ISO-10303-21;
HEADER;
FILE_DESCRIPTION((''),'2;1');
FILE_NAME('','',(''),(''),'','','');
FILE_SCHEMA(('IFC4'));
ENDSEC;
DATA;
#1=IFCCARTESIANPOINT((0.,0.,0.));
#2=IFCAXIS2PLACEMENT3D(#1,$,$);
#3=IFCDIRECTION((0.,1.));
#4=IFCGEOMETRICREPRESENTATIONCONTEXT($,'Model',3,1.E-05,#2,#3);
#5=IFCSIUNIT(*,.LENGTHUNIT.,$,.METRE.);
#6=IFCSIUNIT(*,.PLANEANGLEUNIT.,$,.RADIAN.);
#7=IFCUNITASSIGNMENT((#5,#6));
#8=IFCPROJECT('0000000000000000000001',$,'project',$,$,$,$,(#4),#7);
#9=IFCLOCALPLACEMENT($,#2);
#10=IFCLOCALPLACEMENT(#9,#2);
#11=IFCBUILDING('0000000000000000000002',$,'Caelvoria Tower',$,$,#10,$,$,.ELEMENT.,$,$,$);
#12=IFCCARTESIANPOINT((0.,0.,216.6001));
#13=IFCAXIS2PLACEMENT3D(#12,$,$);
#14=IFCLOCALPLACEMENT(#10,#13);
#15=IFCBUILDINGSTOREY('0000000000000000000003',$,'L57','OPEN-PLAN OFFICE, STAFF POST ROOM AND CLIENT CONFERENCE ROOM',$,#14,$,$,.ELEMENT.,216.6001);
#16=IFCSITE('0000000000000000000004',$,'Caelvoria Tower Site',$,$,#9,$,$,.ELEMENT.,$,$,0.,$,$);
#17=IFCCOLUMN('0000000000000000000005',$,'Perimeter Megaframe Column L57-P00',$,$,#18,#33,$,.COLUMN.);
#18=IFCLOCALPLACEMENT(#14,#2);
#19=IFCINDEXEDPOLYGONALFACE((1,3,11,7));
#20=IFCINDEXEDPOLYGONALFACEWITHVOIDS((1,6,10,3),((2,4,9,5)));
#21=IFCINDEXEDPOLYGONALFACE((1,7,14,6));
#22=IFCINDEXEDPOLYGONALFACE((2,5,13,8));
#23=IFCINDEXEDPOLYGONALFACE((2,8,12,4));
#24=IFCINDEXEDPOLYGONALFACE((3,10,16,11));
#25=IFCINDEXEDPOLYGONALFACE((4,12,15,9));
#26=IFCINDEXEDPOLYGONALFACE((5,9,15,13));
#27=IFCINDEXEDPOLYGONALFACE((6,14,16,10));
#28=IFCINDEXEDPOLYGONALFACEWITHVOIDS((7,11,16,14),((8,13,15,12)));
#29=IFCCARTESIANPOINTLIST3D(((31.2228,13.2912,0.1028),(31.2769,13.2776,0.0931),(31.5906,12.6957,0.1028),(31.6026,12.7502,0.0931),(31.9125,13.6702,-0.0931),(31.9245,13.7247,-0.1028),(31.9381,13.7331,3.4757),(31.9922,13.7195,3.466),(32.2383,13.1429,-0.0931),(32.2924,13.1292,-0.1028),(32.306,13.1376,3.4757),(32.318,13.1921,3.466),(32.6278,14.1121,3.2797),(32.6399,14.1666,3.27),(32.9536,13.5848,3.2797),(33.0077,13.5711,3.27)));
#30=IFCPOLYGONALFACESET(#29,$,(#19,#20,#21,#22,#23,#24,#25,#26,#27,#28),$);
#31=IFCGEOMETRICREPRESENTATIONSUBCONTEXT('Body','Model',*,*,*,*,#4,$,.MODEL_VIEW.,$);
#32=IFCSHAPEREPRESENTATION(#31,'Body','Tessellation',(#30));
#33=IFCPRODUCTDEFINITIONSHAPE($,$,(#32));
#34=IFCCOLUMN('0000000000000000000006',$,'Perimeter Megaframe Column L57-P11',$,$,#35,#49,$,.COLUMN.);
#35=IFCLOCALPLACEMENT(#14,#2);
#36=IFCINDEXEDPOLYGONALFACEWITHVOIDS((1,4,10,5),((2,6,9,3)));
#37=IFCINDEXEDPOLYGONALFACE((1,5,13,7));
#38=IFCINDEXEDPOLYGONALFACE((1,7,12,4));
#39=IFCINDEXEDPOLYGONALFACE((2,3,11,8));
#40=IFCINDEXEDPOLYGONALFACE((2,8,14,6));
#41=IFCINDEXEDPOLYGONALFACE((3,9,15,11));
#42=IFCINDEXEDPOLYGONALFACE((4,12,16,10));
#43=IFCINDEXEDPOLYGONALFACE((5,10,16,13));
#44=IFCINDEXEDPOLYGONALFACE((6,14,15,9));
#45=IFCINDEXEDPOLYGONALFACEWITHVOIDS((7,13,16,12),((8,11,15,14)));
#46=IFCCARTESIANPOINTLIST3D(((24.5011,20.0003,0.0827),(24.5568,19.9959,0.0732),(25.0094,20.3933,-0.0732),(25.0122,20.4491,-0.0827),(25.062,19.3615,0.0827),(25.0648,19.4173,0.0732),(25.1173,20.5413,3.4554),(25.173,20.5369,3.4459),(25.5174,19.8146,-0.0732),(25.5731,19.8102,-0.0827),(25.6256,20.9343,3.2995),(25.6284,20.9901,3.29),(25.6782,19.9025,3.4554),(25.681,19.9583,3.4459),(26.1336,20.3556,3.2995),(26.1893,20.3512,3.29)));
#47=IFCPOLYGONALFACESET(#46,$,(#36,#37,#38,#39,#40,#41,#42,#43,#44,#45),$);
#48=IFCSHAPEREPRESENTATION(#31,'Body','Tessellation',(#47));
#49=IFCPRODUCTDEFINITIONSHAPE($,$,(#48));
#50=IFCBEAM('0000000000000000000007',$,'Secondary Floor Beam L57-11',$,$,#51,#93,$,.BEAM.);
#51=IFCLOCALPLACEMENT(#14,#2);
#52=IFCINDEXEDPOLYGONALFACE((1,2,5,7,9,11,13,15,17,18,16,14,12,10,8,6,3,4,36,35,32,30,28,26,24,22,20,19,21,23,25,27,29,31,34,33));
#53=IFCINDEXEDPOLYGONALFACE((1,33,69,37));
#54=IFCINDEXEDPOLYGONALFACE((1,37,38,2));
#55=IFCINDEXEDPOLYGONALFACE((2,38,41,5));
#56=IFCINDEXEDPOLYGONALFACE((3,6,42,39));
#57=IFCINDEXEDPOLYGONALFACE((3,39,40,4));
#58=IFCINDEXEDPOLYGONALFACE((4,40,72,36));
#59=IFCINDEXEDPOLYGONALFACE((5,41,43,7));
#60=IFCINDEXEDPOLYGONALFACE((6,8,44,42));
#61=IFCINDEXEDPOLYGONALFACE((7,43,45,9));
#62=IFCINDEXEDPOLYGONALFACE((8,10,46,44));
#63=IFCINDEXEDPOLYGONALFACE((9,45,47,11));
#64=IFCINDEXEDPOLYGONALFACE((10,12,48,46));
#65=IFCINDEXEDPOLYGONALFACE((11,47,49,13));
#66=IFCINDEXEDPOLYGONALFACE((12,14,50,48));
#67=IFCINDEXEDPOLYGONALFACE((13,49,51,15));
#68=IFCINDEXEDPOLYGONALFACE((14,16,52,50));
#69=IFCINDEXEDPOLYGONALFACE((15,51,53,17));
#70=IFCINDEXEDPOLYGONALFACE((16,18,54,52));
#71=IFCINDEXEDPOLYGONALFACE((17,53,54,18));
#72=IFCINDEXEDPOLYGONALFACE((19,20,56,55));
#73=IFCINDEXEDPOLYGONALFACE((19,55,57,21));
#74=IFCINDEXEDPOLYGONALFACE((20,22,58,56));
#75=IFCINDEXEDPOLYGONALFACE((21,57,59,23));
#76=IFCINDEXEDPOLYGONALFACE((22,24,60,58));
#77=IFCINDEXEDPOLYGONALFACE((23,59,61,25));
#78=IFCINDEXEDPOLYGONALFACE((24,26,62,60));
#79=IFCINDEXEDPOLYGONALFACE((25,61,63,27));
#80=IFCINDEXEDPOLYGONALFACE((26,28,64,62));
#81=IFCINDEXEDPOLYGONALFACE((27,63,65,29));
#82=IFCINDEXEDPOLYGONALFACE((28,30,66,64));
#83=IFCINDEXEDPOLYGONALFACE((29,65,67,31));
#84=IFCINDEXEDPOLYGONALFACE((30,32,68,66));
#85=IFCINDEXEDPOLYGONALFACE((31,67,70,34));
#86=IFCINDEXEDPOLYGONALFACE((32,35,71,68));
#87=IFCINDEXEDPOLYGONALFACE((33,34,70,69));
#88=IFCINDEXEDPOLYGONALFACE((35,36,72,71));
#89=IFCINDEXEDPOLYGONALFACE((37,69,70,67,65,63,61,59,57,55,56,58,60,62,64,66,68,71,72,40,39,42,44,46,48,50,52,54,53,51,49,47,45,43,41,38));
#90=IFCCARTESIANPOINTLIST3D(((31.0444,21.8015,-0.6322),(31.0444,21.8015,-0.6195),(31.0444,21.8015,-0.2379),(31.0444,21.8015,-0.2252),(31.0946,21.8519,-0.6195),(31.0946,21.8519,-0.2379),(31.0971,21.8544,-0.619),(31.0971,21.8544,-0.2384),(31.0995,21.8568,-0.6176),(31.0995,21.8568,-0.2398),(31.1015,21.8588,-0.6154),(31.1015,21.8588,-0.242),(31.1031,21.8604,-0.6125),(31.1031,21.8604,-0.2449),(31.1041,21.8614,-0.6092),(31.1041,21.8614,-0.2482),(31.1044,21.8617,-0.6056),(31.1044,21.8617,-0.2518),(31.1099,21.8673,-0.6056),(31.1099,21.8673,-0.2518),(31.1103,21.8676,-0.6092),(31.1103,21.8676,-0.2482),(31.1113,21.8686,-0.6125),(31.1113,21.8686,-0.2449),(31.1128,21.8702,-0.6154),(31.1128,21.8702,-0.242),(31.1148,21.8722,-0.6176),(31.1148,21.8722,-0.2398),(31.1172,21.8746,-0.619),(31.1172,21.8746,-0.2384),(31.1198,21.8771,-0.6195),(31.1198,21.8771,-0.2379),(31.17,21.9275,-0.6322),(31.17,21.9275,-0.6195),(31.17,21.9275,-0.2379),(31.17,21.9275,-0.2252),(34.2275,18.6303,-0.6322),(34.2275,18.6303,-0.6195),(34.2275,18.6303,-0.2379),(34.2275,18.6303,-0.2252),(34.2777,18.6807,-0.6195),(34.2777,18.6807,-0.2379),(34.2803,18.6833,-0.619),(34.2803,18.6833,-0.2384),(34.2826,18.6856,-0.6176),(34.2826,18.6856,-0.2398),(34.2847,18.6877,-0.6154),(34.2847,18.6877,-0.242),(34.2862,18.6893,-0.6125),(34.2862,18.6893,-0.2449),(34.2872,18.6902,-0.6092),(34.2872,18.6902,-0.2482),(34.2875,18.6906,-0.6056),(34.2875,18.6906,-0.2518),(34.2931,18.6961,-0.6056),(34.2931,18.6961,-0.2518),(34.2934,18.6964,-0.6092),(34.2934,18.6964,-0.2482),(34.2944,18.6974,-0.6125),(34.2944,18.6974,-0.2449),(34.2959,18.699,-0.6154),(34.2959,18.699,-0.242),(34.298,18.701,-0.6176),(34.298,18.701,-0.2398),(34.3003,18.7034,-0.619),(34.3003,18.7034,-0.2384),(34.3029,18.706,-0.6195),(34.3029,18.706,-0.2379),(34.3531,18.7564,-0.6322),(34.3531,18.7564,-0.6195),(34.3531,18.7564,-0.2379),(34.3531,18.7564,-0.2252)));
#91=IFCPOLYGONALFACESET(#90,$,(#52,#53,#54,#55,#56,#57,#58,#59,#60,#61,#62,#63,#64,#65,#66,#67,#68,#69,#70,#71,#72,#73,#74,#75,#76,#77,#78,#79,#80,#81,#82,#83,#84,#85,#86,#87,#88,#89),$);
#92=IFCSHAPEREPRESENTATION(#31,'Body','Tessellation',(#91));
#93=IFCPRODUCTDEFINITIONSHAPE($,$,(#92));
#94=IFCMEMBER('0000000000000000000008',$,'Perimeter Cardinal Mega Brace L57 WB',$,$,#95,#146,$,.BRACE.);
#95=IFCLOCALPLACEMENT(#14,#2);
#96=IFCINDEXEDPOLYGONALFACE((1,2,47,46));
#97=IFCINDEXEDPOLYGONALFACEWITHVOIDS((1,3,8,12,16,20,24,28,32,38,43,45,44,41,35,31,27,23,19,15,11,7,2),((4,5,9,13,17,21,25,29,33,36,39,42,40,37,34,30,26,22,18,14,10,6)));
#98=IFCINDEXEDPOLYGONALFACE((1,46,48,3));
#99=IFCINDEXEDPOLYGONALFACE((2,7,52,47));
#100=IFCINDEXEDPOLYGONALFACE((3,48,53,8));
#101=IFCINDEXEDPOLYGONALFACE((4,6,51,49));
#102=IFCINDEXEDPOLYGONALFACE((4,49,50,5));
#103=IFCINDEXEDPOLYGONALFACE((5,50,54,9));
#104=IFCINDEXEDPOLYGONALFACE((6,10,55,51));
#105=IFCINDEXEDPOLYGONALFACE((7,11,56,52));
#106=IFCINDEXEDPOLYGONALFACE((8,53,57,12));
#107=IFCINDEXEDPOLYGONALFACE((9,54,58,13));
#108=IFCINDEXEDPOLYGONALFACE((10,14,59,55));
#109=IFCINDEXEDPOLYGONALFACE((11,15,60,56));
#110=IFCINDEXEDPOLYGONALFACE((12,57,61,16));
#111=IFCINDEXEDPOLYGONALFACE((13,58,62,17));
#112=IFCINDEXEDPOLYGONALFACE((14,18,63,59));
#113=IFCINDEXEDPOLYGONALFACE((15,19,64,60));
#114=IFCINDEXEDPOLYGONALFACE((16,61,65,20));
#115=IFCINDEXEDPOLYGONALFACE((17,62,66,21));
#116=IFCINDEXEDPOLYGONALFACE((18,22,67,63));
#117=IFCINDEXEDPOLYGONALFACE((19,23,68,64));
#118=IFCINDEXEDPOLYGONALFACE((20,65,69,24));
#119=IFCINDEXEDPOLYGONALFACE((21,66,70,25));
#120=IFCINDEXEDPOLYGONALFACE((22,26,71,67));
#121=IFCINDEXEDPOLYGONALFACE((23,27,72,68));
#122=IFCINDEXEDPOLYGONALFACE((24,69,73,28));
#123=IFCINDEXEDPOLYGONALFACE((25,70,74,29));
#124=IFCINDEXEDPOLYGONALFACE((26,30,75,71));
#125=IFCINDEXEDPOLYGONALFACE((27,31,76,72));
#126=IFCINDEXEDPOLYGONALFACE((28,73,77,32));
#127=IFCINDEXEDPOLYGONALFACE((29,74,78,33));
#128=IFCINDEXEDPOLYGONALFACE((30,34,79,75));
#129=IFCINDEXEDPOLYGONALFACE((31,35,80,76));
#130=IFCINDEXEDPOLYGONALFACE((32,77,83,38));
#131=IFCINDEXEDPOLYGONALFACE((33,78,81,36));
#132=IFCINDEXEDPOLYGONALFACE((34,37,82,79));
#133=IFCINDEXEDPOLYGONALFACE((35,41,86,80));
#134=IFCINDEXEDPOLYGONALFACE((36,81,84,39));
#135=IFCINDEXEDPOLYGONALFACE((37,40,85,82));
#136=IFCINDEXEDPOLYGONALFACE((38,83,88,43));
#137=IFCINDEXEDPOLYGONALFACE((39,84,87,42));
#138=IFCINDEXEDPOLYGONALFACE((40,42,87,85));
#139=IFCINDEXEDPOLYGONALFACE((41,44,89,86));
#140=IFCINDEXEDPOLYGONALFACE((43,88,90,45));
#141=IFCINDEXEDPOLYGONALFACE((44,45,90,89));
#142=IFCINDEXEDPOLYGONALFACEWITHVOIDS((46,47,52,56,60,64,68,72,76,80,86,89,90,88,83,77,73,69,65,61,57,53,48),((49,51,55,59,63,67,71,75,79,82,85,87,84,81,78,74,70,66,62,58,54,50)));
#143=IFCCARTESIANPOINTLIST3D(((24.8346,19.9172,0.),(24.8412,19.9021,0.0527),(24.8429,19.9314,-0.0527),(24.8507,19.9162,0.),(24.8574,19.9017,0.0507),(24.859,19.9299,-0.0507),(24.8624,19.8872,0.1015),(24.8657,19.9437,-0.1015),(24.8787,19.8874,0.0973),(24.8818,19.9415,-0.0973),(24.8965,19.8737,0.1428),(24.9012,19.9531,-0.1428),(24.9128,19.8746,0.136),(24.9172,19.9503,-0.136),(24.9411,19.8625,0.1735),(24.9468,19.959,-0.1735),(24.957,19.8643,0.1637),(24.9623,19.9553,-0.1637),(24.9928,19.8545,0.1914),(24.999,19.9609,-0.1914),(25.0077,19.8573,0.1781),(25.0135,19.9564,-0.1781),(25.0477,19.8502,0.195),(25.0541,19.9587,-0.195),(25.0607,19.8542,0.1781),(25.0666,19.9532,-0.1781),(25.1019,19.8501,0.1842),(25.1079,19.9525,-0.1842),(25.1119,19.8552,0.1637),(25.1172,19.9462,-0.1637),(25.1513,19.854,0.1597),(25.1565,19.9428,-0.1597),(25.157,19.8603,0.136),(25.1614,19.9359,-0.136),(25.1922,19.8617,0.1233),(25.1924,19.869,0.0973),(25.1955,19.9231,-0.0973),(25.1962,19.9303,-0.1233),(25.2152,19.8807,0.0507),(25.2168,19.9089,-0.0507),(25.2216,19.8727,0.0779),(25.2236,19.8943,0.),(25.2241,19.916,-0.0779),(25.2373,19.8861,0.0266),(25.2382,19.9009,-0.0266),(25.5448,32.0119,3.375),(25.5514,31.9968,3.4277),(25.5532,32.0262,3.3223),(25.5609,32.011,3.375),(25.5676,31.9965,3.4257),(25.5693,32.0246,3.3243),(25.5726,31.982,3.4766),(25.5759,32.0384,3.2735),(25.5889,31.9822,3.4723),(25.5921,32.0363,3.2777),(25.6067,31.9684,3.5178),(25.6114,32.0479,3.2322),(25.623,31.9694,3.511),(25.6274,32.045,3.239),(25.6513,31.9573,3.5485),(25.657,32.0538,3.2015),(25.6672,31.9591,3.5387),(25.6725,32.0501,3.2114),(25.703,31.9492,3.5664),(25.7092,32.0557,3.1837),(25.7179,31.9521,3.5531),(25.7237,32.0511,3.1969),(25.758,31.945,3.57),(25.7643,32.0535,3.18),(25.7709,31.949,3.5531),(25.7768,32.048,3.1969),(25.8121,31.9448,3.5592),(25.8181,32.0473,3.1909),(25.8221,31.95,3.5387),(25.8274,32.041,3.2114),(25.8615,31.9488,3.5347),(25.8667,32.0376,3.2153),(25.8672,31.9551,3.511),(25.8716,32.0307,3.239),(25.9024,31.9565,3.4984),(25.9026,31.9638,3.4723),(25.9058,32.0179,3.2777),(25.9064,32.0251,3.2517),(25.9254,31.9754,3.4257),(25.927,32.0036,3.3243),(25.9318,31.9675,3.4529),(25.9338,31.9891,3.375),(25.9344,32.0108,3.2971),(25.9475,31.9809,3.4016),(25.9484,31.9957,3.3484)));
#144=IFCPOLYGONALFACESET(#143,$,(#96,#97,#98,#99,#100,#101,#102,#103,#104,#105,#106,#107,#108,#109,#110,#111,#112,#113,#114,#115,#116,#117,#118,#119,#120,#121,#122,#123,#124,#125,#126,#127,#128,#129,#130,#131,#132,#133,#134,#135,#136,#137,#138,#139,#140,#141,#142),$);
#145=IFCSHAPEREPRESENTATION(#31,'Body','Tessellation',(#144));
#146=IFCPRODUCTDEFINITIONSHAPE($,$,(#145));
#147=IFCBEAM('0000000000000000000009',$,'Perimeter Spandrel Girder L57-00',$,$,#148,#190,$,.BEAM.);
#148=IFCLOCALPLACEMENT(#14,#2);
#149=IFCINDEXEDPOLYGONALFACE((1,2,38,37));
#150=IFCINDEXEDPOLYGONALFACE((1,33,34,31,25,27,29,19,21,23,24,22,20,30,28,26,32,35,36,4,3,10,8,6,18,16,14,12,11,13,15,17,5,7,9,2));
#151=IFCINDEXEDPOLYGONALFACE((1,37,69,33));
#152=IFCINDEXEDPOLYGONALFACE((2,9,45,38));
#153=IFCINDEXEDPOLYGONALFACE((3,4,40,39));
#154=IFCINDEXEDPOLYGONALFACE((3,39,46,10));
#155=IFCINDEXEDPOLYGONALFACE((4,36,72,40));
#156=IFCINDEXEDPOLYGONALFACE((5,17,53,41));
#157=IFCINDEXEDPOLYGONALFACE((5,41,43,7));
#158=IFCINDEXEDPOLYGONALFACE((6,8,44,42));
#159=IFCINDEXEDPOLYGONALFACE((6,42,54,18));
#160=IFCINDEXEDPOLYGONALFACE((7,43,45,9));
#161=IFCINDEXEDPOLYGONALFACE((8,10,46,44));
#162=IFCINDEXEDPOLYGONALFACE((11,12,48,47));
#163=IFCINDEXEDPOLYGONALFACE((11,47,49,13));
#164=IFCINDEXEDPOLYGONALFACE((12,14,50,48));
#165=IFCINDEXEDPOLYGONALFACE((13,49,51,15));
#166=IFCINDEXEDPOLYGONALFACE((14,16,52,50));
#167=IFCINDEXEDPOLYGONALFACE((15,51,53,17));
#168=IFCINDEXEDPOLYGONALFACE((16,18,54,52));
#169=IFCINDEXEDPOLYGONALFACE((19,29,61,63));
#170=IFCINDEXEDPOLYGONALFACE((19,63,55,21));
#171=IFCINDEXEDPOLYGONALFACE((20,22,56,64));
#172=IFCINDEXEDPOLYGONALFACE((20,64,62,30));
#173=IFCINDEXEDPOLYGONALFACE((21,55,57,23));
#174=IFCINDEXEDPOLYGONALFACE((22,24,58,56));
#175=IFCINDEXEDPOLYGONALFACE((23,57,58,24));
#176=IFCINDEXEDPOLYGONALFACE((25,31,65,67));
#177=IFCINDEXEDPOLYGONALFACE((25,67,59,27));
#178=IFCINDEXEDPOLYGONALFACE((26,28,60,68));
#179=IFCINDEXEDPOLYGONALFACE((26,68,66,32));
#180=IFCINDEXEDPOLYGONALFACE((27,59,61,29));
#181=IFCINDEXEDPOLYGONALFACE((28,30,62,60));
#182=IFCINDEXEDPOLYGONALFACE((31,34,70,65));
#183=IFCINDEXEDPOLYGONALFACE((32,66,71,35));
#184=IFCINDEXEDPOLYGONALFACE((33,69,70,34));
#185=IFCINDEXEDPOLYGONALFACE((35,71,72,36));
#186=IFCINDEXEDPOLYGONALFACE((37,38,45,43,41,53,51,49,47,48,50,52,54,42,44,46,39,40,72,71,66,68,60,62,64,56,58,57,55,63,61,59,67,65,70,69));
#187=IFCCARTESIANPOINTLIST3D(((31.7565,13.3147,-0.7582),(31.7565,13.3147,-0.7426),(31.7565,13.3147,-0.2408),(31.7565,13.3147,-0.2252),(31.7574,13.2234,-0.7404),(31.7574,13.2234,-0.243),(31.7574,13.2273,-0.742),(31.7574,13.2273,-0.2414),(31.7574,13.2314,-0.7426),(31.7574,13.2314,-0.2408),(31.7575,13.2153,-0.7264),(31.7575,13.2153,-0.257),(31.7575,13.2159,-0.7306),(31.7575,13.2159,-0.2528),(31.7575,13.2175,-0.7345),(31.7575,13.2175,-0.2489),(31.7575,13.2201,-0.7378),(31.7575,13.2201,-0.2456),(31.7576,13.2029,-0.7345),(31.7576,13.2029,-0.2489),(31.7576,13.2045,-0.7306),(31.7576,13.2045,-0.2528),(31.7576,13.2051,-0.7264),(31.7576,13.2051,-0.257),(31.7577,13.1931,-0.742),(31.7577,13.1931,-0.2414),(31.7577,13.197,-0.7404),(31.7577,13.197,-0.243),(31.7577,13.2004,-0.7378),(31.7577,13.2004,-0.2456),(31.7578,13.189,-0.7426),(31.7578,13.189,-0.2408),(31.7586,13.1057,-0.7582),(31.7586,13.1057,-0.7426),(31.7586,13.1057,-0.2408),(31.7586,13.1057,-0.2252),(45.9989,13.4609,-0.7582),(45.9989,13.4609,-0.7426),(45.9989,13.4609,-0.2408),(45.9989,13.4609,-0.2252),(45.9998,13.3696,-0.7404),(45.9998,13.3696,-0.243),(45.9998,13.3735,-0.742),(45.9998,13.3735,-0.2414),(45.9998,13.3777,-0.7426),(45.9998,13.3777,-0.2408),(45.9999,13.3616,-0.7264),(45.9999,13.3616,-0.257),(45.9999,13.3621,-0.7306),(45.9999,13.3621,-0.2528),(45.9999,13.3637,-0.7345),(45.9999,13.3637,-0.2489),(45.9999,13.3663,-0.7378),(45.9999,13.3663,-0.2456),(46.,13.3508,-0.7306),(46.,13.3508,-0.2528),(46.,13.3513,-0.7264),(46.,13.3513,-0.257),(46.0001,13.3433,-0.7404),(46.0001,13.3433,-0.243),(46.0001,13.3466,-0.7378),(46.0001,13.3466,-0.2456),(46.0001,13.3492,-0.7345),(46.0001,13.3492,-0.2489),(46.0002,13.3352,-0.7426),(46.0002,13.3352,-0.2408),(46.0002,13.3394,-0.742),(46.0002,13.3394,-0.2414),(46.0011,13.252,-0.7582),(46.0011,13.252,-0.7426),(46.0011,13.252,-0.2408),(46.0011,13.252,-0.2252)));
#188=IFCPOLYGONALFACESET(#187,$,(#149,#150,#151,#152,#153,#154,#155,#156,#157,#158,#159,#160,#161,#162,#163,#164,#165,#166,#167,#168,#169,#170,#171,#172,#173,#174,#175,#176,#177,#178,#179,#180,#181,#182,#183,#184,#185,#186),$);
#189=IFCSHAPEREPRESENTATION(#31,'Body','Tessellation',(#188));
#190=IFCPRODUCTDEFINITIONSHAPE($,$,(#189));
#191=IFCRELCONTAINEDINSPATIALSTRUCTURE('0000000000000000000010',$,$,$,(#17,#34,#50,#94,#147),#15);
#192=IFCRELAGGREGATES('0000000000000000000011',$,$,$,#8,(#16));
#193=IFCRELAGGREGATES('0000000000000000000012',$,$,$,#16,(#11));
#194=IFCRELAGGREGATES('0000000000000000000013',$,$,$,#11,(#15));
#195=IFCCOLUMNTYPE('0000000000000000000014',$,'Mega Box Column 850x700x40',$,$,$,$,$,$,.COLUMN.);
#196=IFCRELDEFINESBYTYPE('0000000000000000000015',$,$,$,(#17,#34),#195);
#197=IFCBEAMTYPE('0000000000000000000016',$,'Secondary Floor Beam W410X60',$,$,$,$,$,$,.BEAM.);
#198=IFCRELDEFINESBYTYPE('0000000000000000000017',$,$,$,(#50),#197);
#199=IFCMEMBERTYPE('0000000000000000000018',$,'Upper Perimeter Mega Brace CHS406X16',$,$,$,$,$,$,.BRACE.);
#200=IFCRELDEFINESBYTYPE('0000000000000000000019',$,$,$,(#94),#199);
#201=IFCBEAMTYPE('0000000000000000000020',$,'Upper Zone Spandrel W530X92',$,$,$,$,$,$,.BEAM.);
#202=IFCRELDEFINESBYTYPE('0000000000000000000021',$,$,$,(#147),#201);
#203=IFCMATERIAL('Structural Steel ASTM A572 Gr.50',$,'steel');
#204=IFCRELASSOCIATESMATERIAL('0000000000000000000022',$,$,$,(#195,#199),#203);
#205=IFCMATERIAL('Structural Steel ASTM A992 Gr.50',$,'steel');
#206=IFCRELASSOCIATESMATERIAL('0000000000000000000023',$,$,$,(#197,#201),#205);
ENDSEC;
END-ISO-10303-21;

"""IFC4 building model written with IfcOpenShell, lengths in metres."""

from ifc_helpers import new_model, si_unit, direction, frame, origin, origin_2d, place, context, subcontext, project, spatial, hollow_rectangle, hollow_circle, i_section, extrude, material, material_profile, profile_set, type_object, element, save


model = new_model("IFC4")

# Units and contexts
model_context = context("Model", 3, precision=1e-05, world=origin(), true_north=direction((0.0, 1.0)))
body_context = subcontext(model_context, "Body", "Model", "MODEL_VIEW")
ifc_project = project(units=[si_unit("LENGTHUNIT", "METRE"), si_unit("PLANEANGLEUNIT", "RADIAN")], contexts=[model_context])

# Site, building, storey
site_placement = place(None, origin())
site = spatial("IfcSite", under=ifc_project, at=site_placement, Name="Caelvoria Tower Site", CompositionType="ELEMENT", RefElevation=0.0)
building_placement = place(site_placement, origin())
building = spatial("IfcBuilding", under=site, at=building_placement, Name="Caelvoria Tower", CompositionType="ELEMENT")
storey_placement = place(building_placement, frame((0.0, 0.0, 216.6001)))
storey = spatial("IfcBuildingStorey", under=building, at=storey_placement, Name="L57", Description="OPEN-PLAN OFFICE, STAFF POST ROOM AND CLIENT CONFERENCE ROOM", CompositionType="ELEMENT", Elevation=216.6001)

# Columns
ifc_material_1 = material(Name="Structural Steel ASTM A572 Gr.50", Category="steel")
ifc_material_profile_1 = material_profile(ifc_material_1, hollow_rectangle(XDim=0.7, YDim=0.8501, WallThickness=0.04, at=origin_2d()), Name="Structural Steel ASTM A572 Gr.50")
ifc_profile_set_1 = profile_set([ifc_material_profile_1], Name="BOX850X700X40 - Structural Steel ASTM A572 Gr.50")
column_type = type_object("IfcColumnType", Name="Mega Box Column 850x700x40", PredefinedType="COLUMN", material=ifc_profile_set_1)
column_1_placement = place(storey_placement, frame((31.7576, 13.2102, 0.0), z_axis=(0.20579, 0.127126, 0.970304), x_axis=(-0.525555, 0.85076, 0.0)))
element("IfcColumn", 1, at=column_1_placement, inside=storey, type_object=column_type, Name="Perimeter Megaframe Column L57-P00", PredefinedType="COLUMN", context=body_context, shape_type="SweptSolid", body=[
    extrude(hollow_rectangle(XDim=0.7, YDim=0.8501, WallThickness=0.04, at=origin_2d()), origin(), (0.0, 0.0, 1.0), 3.4761),
])
column_2_placement = place(storey_placement, frame((25.0371, 19.9053, 0.0), z_axis=(0.177529, 0.155865, 0.971694), x_axis=(-0.730198, -0.641093, 0.236242)))
element("IfcColumn", 2, at=column_2_placement, inside=storey, type_object=column_type, Name="Perimeter Megaframe Column L57-P11", PredefinedType="COLUMN", context=body_context, shape_type="SweptSolid", body=[
    extrude(hollow_rectangle(XDim=0.7, YDim=0.8501, WallThickness=0.04, at=origin_2d()), origin(), (0.0, 0.0, 1.0), 3.4709),
])

# Beam
ifc_material_2 = material(Name="Structural Steel ASTM A992 Gr.50", Category="steel")
ifc_material_profile_2 = material_profile(ifc_material_2, i_section(OverallWidth=0.178, OverallDepth=0.407, WebThickness=0.0078, FlangeThickness=0.0127, FilletRadius=0.0139, at=origin_2d()), Name="Structural Steel ASTM A992 Gr.50")
ifc_profile_set_2 = profile_set([ifc_material_profile_2], Name="W410X60 - Structural Steel ASTM A992 Gr.50")
beam_type_1 = type_object("IfcBeamType", Name="Secondary Floor Beam W410X60", PredefinedType="BEAM", material=ifc_profile_set_2)
beam_1_placement = place(storey_placement, frame((31.1072, 21.8645, -0.4287), z_axis=(0.708437, -0.705774, 0.0), x_axis=(0.705774, 0.708437, 0.0)))
element("IfcBeam", 3, at=beam_1_placement, inside=storey, type_object=beam_type_1, Name="Secondary Floor Beam L57-11", PredefinedType="BEAM", context=body_context, shape_type="SweptSolid", body=[
    extrude(i_section(OverallWidth=0.178, OverallDepth=0.407, WebThickness=0.0078, FlangeThickness=0.0127, FilletRadius=0.0139, at=origin_2d()), origin(), (0.0, 0.0, 1.0), 4.4932),
])

# Member
ifc_material_profile_3 = material_profile(ifc_material_1, hollow_circle(Radius=0.2029, WallThickness=0.0161, at=origin_2d()), Name="Structural Steel ASTM A572 Gr.50")
ifc_profile_set_3 = profile_set([ifc_material_profile_3], Name="CHS406X16 - Structural Steel ASTM A572 Gr.50")
member_type = type_object("IfcMemberType", Name="Upper Perimeter Mega Brace CHS406X16", PredefinedType="BRACE", material=ifc_profile_set_3)
member_placement = place(storey_placement, frame((25.0371, 19.9053, 0.0), z_axis=(0.056469, 0.961665, 0.26835), x_axis=(-0.99828, 0.058619, 0.0)))
element("IfcMember", 4, at=member_placement, inside=storey, type_object=member_type, Name="Perimeter Cardinal Mega Brace L57 WB", PredefinedType="BRACE", context=body_context, shape_type="SweptSolid", body=[
    extrude(hollow_circle(Radius=0.2029, WallThickness=0.0161, at=origin_2d()), origin(), (0.0, 0.0, 1.0), 12.5769),
])

# Beam
ifc_material_profile_4 = material_profile(ifc_material_2, i_section(OverallWidth=0.209, OverallDepth=0.533, WebThickness=0.0103, FlangeThickness=0.0156, FilletRadius=0.0161, at=origin_2d()), Name="Structural Steel ASTM A992 Gr.50")
ifc_profile_set_4 = profile_set([ifc_material_profile_4], Name="W530X92 - Structural Steel ASTM A992 Gr.50")
beam_type_2 = type_object("IfcBeamType", Name="Upper Zone Spandrel W530X92", PredefinedType="BEAM", material=ifc_profile_set_4)
beam_2_placement = place(storey_placement, frame((31.7576, 13.2102, -0.4917), z_axis=(0.999947, 0.010267, 0.0), x_axis=(-0.010267, 0.999947, 0.0)))
element("IfcBeam", 5, at=beam_2_placement, inside=storey, type_object=beam_type_2, Name="Perimeter Spandrel Girder L57-00", PredefinedType="BEAM", context=body_context, shape_type="SweptSolid", body=[
    extrude(i_section(OverallWidth=0.209, OverallDepth=0.533, WebThickness=0.0103, FlangeThickness=0.0156, FilletRadius=0.0161, at=origin_2d()), origin(), (0.0, 0.0, 1.0), 14.2432),
])

save(model, "model.ifc")
